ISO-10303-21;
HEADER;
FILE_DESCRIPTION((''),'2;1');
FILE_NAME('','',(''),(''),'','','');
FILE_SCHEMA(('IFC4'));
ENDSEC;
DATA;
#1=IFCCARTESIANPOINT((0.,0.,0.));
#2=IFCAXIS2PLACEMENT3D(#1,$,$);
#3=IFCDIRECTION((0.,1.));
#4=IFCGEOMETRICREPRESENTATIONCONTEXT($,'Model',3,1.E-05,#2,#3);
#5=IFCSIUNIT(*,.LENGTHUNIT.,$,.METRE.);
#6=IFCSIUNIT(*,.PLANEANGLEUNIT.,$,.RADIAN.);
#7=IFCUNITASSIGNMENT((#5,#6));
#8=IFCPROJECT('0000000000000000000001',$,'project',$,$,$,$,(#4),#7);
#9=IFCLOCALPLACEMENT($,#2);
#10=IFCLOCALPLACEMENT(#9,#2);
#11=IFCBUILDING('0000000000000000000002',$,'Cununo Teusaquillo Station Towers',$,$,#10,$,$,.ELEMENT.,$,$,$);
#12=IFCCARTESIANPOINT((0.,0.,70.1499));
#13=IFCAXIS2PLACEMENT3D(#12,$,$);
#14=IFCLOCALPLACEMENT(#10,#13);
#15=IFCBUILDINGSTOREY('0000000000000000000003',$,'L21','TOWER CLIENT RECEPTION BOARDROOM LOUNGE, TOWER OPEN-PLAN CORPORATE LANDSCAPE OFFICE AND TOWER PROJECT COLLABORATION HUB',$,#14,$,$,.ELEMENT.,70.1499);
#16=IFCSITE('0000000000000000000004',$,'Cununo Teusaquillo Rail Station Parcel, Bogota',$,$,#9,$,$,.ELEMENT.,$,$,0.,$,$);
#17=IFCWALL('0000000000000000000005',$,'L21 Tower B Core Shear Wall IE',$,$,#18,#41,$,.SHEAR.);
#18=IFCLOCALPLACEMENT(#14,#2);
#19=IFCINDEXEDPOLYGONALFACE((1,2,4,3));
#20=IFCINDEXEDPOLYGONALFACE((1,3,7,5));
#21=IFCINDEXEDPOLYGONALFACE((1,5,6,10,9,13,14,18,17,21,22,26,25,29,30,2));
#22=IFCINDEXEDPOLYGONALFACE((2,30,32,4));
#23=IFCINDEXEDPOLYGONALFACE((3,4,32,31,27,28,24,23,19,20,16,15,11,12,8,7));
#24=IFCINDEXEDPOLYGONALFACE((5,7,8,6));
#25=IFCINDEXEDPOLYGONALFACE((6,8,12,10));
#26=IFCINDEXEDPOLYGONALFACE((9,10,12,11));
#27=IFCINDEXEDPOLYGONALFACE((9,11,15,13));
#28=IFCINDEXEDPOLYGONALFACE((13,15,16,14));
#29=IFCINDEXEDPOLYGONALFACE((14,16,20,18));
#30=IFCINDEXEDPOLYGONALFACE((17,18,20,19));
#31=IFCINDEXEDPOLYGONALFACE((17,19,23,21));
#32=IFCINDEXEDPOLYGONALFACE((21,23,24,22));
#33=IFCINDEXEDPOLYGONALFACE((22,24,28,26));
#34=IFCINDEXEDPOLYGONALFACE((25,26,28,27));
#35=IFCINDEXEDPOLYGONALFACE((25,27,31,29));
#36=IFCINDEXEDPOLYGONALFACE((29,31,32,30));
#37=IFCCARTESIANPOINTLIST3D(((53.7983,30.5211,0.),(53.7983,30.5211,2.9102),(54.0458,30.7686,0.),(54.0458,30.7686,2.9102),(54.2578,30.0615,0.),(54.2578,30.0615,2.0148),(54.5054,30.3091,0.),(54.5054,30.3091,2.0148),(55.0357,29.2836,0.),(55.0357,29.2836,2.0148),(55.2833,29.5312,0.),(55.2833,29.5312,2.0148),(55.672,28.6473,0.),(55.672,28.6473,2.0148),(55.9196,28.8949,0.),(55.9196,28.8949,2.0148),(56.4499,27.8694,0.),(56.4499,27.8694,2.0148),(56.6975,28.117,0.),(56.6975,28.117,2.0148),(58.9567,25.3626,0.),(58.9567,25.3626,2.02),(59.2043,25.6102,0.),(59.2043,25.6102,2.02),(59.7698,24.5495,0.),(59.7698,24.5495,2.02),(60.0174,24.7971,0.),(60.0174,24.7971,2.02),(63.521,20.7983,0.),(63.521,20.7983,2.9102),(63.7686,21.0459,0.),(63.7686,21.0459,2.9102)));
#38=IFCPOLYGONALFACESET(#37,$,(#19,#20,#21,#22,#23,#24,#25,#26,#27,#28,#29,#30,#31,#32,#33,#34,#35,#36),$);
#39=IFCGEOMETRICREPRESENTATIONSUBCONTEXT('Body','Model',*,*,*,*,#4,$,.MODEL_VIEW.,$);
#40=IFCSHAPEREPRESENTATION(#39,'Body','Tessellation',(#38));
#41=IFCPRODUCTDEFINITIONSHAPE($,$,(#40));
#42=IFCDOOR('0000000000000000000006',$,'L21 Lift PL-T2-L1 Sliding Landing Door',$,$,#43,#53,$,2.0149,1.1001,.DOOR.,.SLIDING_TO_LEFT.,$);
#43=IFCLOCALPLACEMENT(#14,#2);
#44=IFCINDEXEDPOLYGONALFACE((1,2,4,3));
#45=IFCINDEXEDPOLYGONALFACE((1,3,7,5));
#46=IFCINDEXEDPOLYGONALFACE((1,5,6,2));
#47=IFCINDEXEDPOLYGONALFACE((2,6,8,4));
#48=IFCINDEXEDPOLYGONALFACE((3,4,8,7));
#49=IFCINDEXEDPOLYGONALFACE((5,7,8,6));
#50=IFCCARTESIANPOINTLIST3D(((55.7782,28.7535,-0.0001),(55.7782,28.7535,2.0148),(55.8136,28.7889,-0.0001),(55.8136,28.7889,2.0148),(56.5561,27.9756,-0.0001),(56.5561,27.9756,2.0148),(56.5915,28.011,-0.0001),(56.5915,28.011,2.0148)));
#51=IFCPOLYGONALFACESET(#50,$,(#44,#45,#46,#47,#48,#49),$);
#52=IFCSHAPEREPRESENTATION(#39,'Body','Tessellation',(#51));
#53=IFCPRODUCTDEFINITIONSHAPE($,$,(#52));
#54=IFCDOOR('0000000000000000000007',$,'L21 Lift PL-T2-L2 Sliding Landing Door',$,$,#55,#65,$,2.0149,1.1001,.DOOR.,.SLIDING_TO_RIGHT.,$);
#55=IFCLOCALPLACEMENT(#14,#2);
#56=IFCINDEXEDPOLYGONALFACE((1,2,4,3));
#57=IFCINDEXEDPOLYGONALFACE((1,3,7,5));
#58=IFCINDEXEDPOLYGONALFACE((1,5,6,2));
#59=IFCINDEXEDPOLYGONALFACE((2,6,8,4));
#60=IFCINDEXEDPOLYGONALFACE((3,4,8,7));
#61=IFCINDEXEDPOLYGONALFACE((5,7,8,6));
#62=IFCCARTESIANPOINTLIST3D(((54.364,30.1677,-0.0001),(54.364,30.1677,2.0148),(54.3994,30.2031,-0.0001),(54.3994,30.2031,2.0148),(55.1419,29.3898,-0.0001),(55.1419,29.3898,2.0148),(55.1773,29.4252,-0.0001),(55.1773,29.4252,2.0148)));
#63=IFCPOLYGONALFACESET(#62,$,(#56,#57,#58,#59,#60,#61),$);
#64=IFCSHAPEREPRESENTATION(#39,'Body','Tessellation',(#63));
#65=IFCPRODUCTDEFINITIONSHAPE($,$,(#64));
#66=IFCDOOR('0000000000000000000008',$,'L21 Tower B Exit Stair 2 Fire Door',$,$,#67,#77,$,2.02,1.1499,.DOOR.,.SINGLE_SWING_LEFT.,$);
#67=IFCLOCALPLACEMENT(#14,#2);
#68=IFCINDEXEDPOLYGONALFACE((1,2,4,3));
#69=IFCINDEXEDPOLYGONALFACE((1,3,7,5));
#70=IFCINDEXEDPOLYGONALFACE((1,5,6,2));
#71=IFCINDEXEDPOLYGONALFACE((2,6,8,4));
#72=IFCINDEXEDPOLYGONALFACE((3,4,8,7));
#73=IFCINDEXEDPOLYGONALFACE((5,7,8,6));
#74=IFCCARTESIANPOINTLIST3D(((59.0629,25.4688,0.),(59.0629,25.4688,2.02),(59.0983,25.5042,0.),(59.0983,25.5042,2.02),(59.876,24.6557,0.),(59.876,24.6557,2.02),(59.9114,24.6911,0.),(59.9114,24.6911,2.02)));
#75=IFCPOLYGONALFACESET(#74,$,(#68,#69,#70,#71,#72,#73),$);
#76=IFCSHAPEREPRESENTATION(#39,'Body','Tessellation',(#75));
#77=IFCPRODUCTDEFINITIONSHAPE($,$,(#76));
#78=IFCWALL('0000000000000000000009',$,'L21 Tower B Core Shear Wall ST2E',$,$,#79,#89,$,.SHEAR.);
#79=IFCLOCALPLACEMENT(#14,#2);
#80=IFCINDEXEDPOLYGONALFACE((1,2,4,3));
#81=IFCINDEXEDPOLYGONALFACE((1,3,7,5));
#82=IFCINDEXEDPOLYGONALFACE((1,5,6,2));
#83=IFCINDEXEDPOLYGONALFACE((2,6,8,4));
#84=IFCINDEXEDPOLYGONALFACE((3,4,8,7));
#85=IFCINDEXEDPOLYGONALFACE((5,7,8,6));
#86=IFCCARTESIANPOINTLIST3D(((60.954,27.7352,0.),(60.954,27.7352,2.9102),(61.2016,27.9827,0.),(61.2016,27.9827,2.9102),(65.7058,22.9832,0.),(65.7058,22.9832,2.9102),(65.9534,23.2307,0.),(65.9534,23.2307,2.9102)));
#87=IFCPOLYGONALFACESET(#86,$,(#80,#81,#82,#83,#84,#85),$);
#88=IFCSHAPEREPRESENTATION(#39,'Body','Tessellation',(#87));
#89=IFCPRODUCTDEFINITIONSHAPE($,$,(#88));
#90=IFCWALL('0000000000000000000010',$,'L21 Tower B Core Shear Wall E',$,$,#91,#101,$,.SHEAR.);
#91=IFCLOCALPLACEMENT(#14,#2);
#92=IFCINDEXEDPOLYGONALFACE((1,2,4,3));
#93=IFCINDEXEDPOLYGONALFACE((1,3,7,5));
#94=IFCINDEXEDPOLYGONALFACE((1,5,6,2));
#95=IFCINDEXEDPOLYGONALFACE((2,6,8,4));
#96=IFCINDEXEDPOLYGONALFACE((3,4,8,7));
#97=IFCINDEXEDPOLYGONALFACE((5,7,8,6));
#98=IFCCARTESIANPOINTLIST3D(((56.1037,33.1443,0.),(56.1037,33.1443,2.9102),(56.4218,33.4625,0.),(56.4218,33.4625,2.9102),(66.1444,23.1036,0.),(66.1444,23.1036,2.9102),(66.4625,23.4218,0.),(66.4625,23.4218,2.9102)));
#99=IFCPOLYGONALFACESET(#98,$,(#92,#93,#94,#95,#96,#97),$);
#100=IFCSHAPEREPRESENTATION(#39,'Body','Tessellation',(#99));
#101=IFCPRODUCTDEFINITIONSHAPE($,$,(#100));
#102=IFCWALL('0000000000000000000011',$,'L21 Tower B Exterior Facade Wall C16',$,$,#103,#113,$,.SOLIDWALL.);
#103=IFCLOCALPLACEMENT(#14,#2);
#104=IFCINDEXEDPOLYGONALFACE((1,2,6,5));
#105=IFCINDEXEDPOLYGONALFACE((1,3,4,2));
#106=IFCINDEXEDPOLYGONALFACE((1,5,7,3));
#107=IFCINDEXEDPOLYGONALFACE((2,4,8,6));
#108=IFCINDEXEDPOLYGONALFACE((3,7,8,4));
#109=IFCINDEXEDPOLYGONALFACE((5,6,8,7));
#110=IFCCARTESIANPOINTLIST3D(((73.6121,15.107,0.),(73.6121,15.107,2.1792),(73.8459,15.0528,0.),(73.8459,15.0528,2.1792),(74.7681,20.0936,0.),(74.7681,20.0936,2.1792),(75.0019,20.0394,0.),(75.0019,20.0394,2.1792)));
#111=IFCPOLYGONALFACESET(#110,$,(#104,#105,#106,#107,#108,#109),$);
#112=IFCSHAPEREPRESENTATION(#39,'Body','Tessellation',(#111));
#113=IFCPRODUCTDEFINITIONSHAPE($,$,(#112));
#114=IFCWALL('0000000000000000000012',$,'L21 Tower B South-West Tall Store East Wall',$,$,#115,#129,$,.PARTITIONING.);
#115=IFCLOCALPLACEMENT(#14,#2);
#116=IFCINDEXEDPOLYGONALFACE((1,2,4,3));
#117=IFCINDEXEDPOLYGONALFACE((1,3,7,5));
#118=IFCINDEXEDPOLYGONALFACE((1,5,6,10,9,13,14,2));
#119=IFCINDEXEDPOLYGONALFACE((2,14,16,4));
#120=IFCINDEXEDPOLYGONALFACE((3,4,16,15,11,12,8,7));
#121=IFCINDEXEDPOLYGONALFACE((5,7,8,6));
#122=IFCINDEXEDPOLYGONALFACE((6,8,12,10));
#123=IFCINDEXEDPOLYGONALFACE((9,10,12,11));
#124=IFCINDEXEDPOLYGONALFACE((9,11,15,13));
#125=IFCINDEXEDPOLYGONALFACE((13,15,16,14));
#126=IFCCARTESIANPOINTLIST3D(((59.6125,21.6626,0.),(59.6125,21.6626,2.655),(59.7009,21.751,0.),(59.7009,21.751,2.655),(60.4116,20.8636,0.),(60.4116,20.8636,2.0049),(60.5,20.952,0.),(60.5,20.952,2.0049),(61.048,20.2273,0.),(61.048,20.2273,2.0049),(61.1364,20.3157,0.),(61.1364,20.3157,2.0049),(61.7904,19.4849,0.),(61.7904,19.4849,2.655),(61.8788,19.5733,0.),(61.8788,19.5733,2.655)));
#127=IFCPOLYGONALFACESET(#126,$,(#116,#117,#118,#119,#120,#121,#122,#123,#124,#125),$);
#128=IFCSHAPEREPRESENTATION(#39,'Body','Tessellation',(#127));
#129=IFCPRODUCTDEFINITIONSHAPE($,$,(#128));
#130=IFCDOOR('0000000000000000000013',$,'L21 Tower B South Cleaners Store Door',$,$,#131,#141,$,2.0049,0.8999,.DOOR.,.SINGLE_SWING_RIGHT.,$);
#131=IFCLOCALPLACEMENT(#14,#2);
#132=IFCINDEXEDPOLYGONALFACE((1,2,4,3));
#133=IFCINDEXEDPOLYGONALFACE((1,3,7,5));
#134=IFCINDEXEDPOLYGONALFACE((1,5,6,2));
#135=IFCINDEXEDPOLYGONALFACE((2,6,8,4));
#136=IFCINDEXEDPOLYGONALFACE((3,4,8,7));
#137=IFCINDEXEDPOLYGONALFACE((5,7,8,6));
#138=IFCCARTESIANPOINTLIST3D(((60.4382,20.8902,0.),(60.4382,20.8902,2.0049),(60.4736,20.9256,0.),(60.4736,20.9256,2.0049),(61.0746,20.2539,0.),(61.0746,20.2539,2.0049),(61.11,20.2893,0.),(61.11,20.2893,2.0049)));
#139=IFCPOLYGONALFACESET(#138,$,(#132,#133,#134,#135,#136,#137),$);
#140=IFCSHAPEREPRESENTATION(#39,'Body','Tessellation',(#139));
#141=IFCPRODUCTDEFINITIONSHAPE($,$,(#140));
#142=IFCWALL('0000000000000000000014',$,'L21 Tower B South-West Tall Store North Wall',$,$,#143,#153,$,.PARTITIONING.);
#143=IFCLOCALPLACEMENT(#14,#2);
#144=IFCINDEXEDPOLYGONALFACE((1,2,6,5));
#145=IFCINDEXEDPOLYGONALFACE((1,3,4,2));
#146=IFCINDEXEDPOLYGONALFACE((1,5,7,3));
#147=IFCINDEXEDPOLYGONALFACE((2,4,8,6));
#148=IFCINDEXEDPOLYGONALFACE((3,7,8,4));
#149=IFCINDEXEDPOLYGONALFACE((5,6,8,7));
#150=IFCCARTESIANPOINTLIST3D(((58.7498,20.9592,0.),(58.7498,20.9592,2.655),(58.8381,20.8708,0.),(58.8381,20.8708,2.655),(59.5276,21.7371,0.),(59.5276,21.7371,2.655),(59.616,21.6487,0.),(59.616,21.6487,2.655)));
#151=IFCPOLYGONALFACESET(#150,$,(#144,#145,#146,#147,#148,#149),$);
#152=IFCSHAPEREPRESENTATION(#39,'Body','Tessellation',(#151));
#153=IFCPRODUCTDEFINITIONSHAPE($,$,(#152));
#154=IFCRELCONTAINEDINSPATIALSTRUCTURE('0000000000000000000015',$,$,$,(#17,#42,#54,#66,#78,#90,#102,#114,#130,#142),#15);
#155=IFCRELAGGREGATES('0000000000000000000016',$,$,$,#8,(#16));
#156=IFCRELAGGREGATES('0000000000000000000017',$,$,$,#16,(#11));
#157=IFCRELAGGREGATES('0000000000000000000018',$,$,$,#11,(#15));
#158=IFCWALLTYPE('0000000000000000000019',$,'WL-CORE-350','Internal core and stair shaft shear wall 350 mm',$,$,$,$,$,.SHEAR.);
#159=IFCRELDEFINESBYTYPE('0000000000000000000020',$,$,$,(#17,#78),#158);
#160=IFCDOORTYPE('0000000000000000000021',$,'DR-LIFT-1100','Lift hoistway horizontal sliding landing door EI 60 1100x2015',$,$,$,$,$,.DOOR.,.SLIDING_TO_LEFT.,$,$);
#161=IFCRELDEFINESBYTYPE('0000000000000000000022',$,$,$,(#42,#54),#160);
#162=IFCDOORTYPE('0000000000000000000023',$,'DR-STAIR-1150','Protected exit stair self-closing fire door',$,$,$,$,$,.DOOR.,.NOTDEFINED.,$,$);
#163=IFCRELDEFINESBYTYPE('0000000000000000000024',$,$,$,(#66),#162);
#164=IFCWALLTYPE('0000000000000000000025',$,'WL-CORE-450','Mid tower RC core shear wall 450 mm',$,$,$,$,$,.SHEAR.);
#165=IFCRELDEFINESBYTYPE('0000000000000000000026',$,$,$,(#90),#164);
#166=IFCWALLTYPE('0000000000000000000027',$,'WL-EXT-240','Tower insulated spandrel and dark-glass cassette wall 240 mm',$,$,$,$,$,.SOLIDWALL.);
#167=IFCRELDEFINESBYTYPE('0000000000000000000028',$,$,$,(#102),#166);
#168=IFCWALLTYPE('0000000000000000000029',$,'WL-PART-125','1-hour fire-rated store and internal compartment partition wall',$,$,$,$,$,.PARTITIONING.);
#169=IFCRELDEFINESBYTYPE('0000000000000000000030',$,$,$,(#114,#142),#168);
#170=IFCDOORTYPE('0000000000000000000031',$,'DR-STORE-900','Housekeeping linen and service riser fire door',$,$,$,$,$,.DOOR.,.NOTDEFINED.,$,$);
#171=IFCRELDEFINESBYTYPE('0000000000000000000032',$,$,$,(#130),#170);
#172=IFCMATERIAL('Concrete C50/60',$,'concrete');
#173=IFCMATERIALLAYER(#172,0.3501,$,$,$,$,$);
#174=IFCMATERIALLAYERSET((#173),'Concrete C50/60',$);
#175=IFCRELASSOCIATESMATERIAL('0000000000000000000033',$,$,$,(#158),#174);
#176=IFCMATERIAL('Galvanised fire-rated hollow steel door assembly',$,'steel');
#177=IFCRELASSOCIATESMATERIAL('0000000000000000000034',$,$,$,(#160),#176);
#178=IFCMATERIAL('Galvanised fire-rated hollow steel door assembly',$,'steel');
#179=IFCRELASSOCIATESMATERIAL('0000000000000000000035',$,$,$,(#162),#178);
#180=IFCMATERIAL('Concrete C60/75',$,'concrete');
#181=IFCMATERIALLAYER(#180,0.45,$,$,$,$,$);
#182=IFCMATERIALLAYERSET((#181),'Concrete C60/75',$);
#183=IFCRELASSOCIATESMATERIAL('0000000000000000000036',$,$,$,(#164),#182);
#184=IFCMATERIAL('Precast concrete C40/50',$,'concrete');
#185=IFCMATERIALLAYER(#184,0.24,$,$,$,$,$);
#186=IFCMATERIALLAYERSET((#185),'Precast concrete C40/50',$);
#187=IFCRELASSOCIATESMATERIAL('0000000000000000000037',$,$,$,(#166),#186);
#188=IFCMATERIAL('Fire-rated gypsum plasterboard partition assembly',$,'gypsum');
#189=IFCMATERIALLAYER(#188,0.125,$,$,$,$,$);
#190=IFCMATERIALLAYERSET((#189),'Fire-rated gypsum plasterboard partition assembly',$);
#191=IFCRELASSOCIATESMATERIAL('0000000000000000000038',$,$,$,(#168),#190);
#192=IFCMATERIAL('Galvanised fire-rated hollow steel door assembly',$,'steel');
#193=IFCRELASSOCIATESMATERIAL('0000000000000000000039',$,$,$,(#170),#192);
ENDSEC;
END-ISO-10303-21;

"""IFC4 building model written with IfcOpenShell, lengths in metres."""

from ifc_helpers import new_model, si_unit, direction, frame, frame_2d, origin, place, context, subcontext, project, spatial, rectangle, extrude, source, transform, mapped, material, layer, layer_set, type_object, element, fill, save


model = new_model("IFC4")

# Units and contexts
model_context = context("Model", 3, precision=1e-05, world=origin(), true_north=direction((0.0, 1.0)))
body_context = subcontext(model_context, "Body", "Model", "MODEL_VIEW")
ifc_project = project(units=[si_unit("LENGTHUNIT", "METRE"), si_unit("PLANEANGLEUNIT", "RADIAN")], contexts=[model_context])

# Site, building, storey
site_placement = place(None, origin())
site = spatial("IfcSite", under=ifc_project, at=site_placement, Name="Cununo Teusaquillo Rail Station Parcel, Bogota", CompositionType="ELEMENT", RefElevation=0.0)
building_placement = place(site_placement, origin())
building = spatial("IfcBuilding", under=site, at=building_placement, Name="Cununo Teusaquillo Station Towers", CompositionType="ELEMENT")
storey_placement = place(building_placement, frame((0.0, 0.0, 70.1499)))
storey = spatial("IfcBuildingStorey", under=building, at=storey_placement, Name="L21", Description="TOWER CLIENT RECEPTION BOARDROOM LOUNGE, TOWER OPEN-PLAN CORPORATE LANDSCAPE OFFICE AND TOWER PROJECT COLLABORATION HUB", CompositionType="ELEMENT", Elevation=70.1499)

# Wall, openings, doors
ifc_material_1 = material(Name="Concrete C50/60", Category="concrete")
ifc_layer_1 = layer(ifc_material_1, 0.3501)
ifc_layer_set_1 = layer_set([ifc_layer_1], Name="Concrete C50/60")
wall_type_1 = type_object("IfcWallType", Name="WL-CORE-350", Description="Internal core and stair shaft shear wall 350 mm", PredefinedType="SHEAR", material=ifc_layer_set_1)
shared_shape_1 = source(origin(), body_context, "Body", "SweptSolid", [
    extrude(rectangle(XDim=1.1001, YDim=2.0149, at=frame_2d((0.55, 1.0073))), frame((0.0, 0.1851, 0.0), z_axis=(0.0, -1.0, 0.0), x_axis=(1.0, 0.0, 0.0)), (0.0, 0.0, 1.0), 0.3701),
])
shared_shape_2 = source(origin(), body_context, "Body", "SweptSolid", [
    extrude(rectangle(XDim=1.1499, YDim=2.02, at=frame_2d((0.575, 1.01))), frame((0.0, 0.1851, 0.0), z_axis=(0.0, -1.0, 0.0), x_axis=(1.0, 0.0, 0.0)), (0.0, 0.0, 1.0), 0.3701),
])
ifc_material_2 = material(Name="Galvanised fire-rated hollow steel door assembly", Category="steel")
door_type_1 = type_object("IfcDoorType", Name="DR-LIFT-1100", Description="Lift hoistway horizontal sliding landing door EI 60 1100x2015", OperationType="SLIDING_TO_LEFT", PredefinedType="DOOR", material=ifc_material_2)
shared_shape_3 = source(origin(), body_context, "Body", "SweptSolid", [
    extrude(rectangle(XDim=1.1001, YDim=2.0149, at=frame_2d((0.55, 1.0073))), frame((0.0, 0.0249, 0.0), z_axis=(0.0, -1.0, 0.0), x_axis=(1.0, 0.0, 0.0)), (0.0, 0.0, 1.0), 0.05),
])
ifc_material_3 = material(Name="Galvanised fire-rated hollow steel door assembly", Category="steel")
door_type_2 = type_object("IfcDoorType", Name="DR-STAIR-1150", Description="Protected exit stair self-closing fire door", OperationType="NOTDEFINED", PredefinedType="DOOR", material=ifc_material_3)
shared_shape_4 = source(origin(), body_context, "Body", "SweptSolid", [
    extrude(rectangle(XDim=1.1499, YDim=2.02, at=frame_2d((0.575, 1.01))), frame((0.0, 0.0249, 0.0), z_axis=(0.0, -1.0, 0.0), x_axis=(1.0, 0.0, 0.0)), (0.0, 0.0, 1.0), 0.05),
])
wall_1_placement = place(storey_placement, frame((63.6448, 20.9221, 0.0), z_axis=(0.0, 0.0, 1.0), x_axis=(-0.707107, 0.707107, 0.0)))
wall_1 = element("IfcWall", 1, at=wall_1_placement, inside=storey, type_object=wall_type_1, Name="L21 Tower B Core Shear Wall IE", PredefinedType="SHEAR", context=body_context, shape_type="SweptSolid", body=[
    extrude(rectangle(XDim=13.75, YDim=0.3501, at=frame_2d((6.875, 0.0))), origin(), (0.0, 0.0, 1.0), 2.9102),
])
opening_1_placement = place(wall_1_placement, frame((10.0, 0.0, 0.0)))
opening_1 = element("IfcOpeningElement", 2, at=opening_1_placement, cuts=wall_1, PredefinedType="OPENING", context=body_context, shape_type="MappedRepresentation", body=[
    mapped(shared_shape_1, transform((0.0, 0.0, 0.0), x_axis=(1.0, 0.0, 0.0), y_axis=(0.0, 1.0, 0.0), z_axis=(0.0, 0.0, 1.0), scale=1.0)),
])
opening_2_placement = place(wall_1_placement, frame((12.0, 0.0, 0.0)))
opening_2 = element("IfcOpeningElement", 3, at=opening_2_placement, cuts=wall_1, PredefinedType="OPENING", context=body_context, shape_type="MappedRepresentation", body=[
    mapped(shared_shape_1, transform((0.0, 0.0, 0.0), x_axis=(1.0, 0.0, 0.0), y_axis=(0.0, 1.0, 0.0), z_axis=(0.0, 0.0, 1.0), scale=1.0)),
])
opening_3_placement = place(wall_1_placement, frame((5.3049, 0.0, 0.0)))
opening_3 = element("IfcOpeningElement", 4, at=opening_3_placement, cuts=wall_1, PredefinedType="OPENING", context=body_context, shape_type="MappedRepresentation", body=[
    mapped(shared_shape_2, transform((0.0, 0.0, 0.0), x_axis=(1.0, 0.0, 0.0), y_axis=(0.0, 1.0, 0.0), z_axis=(0.0, 0.0, 1.0), scale=1.0)),
])
door_1_placement = place(opening_1_placement, origin())
door_1 = element("IfcDoor", 5, at=door_1_placement, inside=storey, type_object=door_type_1, Name="L21 Lift PL-T2-L1 Sliding Landing Door", OperationType="SLIDING_TO_LEFT", OverallHeight=2.0149, OverallWidth=1.1001, PredefinedType="DOOR", context=body_context, shape_type="MappedRepresentation", body=[
    mapped(shared_shape_3, transform((0.0, 0.0, 0.0), x_axis=(1.0, 0.0, 0.0), y_axis=(0.0, 1.0, 0.0), z_axis=(0.0, 0.0, 1.0), scale=1.0)),
])
fill(opening_1, door_1)
door_2_placement = place(opening_2_placement, origin())
door_2 = element("IfcDoor", 6, at=door_2_placement, inside=storey, type_object=door_type_1, Name="L21 Lift PL-T2-L2 Sliding Landing Door", OperationType="SLIDING_TO_RIGHT", OverallHeight=2.0149, OverallWidth=1.1001, PredefinedType="DOOR", context=body_context, shape_type="MappedRepresentation", body=[
    mapped(shared_shape_3, transform((0.0, 0.0, 0.0), x_axis=(1.0, 0.0, 0.0), y_axis=(0.0, 1.0, 0.0), z_axis=(0.0, 0.0, 1.0), scale=1.0)),
])
fill(opening_2, door_2)
door_3_placement = place(opening_3_placement, origin())
door_3 = element("IfcDoor", 7, at=door_3_placement, inside=storey, type_object=door_type_2, Name="L21 Tower B Exit Stair 2 Fire Door", OperationType="SINGLE_SWING_LEFT", OverallHeight=2.02, OverallWidth=1.1499, PredefinedType="DOOR", context=body_context, shape_type="MappedRepresentation", body=[
    mapped(shared_shape_4, transform((0.0, 0.0, 0.0), x_axis=(1.0, 0.0, 0.0), y_axis=(0.0, 1.0, 0.0), z_axis=(0.0, 0.0, 1.0), scale=1.0)),
])
fill(opening_3, door_3)

# Walls
wall_2_placement = place(storey_placement, frame((65.8296, 23.1069, 0.0), z_axis=(0.0, 0.0, 1.0), x_axis=(-0.707089, 0.707125, 0.0)))
element("IfcWall", 8, at=wall_2_placement, inside=storey, type_object=wall_type_1, Name="L21 Tower B Core Shear Wall ST2E", PredefinedType="SHEAR", context=body_context, shape_type="SweptSolid", body=[
    extrude(rectangle(XDim=6.7202, YDim=0.3501, at=frame_2d((3.3601, 0.0))), origin(), (0.0, 0.0, 1.0), 2.9102),
])
ifc_material_4 = material(Name="Concrete C60/75", Category="concrete")
ifc_layer_2 = layer(ifc_material_4, 0.45)
ifc_layer_set_2 = layer_set([ifc_layer_2], Name="Concrete C60/75")
wall_type_2 = type_object("IfcWallType", Name="WL-CORE-450", Description="Mid tower RC core shear wall 450 mm", PredefinedType="SHEAR", material=ifc_layer_set_2)
wall_3_placement = place(storey_placement, frame((66.3035, 23.2627, 0.0), z_axis=(0.0, 0.0, 1.0), x_axis=(-0.707107, 0.707107, 0.0)))
element("IfcWall", 9, at=wall_3_placement, inside=storey, type_object=wall_type_2, Name="L21 Tower B Core Shear Wall E", PredefinedType="SHEAR", context=body_context, shape_type="SweptSolid", body=[
    extrude(rectangle(XDim=14.1997, YDim=0.45, at=frame_2d((7.0999, 0.0))), origin(), (0.0, 0.0, 1.0), 2.9102),
])
ifc_material_5 = material(Name="Precast concrete C40/50", Category="concrete")
ifc_layer_3 = layer(ifc_material_5, 0.24)
ifc_layer_set_3 = layer_set([ifc_layer_3], Name="Precast concrete C40/50")
wall_type_3 = type_object("IfcWallType", Name="WL-EXT-240", Description="Tower insulated spandrel and dark-glass cassette wall 240 mm", PredefinedType="SOLIDWALL", material=ifc_layer_set_3)
wall_4_placement = place(storey_placement, frame((74.885, 20.0667, 0.0), z_axis=(0.0, 0.0, 1.0), x_axis=(-0.225835, -0.974166, 0.0)))
element("IfcWall", 10, at=wall_4_placement, inside=storey, type_object=wall_type_3, Name="L21 Tower B Exterior Facade Wall C16", PredefinedType="SOLIDWALL", context=body_context, shape_type="SweptSolid", body=[
    extrude(rectangle(XDim=5.1189, YDim=0.24, at=frame_2d((2.5596, 0.0))), origin(), (0.0, 0.0, 1.0), 2.1792),
])

# Wall, opening, door
ifc_material_6 = material(Name="Fire-rated gypsum plasterboard partition assembly", Category="gypsum")
ifc_layer_4 = layer(ifc_material_6, 0.125)
ifc_layer_set_4 = layer_set([ifc_layer_4], Name="Fire-rated gypsum plasterboard partition assembly")
wall_type_4 = type_object("IfcWallType", Name="WL-PART-125", Description="1-hour fire-rated store and internal compartment partition wall", PredefinedType="PARTITIONING", material=ifc_layer_set_4)
wall_5_placement = place(storey_placement, frame((61.8347, 19.5291, 0.0), z_axis=(0.0, 0.0, 1.0), x_axis=(-0.707146, 0.707067, 0.0)))
wall_5 = element("IfcWall", 11, at=wall_5_placement, inside=storey, type_object=wall_type_4, Name="L21 Tower B South-West Tall Store East Wall", PredefinedType="PARTITIONING", context=body_context, shape_type="SweptSolid", body=[
    extrude(rectangle(XDim=3.0798, YDim=0.125, at=frame_2d((1.54, 0.0))), origin(), (0.0, 0.0, 1.0), 2.655),
])
shared_shape_5 = source(origin(), body_context, "Body", "SweptSolid", [
    extrude(rectangle(XDim=0.8999, YDim=2.0049, at=frame_2d((0.45, 1.0024))), frame((0.0, 0.0725, 0.0), z_axis=(0.0, -1.0, 0.0), x_axis=(1.0, 0.0, 0.0)), (0.0, 0.0, 1.0), 0.145),
])
opening_4_placement = place(wall_5_placement, frame((1.05, 0.0, 0.0)))
opening_4 = element("IfcOpeningElement", 12, at=opening_4_placement, cuts=wall_5, PredefinedType="OPENING", context=body_context, shape_type="MappedRepresentation", body=[
    mapped(shared_shape_5, transform((0.0, 0.0, 0.0), x_axis=(1.0, 0.0, 0.0), y_axis=(0.0, 1.0, 0.0), z_axis=(0.0, 0.0, 1.0), scale=1.0)),
])
ifc_material_7 = material(Name="Galvanised fire-rated hollow steel door assembly", Category="steel")
door_type_3 = type_object("IfcDoorType", Name="DR-STORE-900", Description="Housekeeping linen and service riser fire door", OperationType="NOTDEFINED", PredefinedType="DOOR", material=ifc_material_7)
shared_shape_6 = source(origin(), body_context, "Body", "SweptSolid", [
    extrude(rectangle(XDim=0.8999, YDim=2.0049, at=frame_2d((0.45, 1.0024))), frame((0.0, 0.0249, 0.0), z_axis=(0.0, -1.0, 0.0), x_axis=(1.0, 0.0, 0.0)), (0.0, 0.0, 1.0), 0.05),
])
door_4_placement = place(opening_4_placement, origin())
door_4 = element("IfcDoor", 13, at=door_4_placement, inside=storey, type_object=door_type_3, Name="L21 Tower B South Cleaners Store Door", OperationType="SINGLE_SWING_RIGHT", OverallHeight=2.0049, OverallWidth=0.8999, PredefinedType="DOOR", context=body_context, shape_type="MappedRepresentation", body=[
    mapped(shared_shape_6, transform((0.0, 0.0, 0.0), x_axis=(1.0, 0.0, 0.0), y_axis=(0.0, 1.0, 0.0), z_axis=(0.0, 0.0, 1.0), scale=1.0)),
])
fill(opening_4, door_4)

# Wall
wall_6_placement = place(storey_placement, frame((58.7939, 20.915, 0.0), z_axis=(0.0, 0.0, 1.0), x_axis=(0.707107, 0.707107, 0.0)))
element("IfcWall", 14, at=wall_6_placement, inside=storey, type_object=wall_type_4, Name="L21 Tower B South-West Tall Store North Wall", PredefinedType="PARTITIONING", context=body_context, shape_type="SweptSolid", body=[
    extrude(rectangle(XDim=1.1001, YDim=0.125, at=frame_2d((0.55, 0.0))), origin(), (0.0, 0.0, 1.0), 2.655),
])

save(model, "model.ifc")
